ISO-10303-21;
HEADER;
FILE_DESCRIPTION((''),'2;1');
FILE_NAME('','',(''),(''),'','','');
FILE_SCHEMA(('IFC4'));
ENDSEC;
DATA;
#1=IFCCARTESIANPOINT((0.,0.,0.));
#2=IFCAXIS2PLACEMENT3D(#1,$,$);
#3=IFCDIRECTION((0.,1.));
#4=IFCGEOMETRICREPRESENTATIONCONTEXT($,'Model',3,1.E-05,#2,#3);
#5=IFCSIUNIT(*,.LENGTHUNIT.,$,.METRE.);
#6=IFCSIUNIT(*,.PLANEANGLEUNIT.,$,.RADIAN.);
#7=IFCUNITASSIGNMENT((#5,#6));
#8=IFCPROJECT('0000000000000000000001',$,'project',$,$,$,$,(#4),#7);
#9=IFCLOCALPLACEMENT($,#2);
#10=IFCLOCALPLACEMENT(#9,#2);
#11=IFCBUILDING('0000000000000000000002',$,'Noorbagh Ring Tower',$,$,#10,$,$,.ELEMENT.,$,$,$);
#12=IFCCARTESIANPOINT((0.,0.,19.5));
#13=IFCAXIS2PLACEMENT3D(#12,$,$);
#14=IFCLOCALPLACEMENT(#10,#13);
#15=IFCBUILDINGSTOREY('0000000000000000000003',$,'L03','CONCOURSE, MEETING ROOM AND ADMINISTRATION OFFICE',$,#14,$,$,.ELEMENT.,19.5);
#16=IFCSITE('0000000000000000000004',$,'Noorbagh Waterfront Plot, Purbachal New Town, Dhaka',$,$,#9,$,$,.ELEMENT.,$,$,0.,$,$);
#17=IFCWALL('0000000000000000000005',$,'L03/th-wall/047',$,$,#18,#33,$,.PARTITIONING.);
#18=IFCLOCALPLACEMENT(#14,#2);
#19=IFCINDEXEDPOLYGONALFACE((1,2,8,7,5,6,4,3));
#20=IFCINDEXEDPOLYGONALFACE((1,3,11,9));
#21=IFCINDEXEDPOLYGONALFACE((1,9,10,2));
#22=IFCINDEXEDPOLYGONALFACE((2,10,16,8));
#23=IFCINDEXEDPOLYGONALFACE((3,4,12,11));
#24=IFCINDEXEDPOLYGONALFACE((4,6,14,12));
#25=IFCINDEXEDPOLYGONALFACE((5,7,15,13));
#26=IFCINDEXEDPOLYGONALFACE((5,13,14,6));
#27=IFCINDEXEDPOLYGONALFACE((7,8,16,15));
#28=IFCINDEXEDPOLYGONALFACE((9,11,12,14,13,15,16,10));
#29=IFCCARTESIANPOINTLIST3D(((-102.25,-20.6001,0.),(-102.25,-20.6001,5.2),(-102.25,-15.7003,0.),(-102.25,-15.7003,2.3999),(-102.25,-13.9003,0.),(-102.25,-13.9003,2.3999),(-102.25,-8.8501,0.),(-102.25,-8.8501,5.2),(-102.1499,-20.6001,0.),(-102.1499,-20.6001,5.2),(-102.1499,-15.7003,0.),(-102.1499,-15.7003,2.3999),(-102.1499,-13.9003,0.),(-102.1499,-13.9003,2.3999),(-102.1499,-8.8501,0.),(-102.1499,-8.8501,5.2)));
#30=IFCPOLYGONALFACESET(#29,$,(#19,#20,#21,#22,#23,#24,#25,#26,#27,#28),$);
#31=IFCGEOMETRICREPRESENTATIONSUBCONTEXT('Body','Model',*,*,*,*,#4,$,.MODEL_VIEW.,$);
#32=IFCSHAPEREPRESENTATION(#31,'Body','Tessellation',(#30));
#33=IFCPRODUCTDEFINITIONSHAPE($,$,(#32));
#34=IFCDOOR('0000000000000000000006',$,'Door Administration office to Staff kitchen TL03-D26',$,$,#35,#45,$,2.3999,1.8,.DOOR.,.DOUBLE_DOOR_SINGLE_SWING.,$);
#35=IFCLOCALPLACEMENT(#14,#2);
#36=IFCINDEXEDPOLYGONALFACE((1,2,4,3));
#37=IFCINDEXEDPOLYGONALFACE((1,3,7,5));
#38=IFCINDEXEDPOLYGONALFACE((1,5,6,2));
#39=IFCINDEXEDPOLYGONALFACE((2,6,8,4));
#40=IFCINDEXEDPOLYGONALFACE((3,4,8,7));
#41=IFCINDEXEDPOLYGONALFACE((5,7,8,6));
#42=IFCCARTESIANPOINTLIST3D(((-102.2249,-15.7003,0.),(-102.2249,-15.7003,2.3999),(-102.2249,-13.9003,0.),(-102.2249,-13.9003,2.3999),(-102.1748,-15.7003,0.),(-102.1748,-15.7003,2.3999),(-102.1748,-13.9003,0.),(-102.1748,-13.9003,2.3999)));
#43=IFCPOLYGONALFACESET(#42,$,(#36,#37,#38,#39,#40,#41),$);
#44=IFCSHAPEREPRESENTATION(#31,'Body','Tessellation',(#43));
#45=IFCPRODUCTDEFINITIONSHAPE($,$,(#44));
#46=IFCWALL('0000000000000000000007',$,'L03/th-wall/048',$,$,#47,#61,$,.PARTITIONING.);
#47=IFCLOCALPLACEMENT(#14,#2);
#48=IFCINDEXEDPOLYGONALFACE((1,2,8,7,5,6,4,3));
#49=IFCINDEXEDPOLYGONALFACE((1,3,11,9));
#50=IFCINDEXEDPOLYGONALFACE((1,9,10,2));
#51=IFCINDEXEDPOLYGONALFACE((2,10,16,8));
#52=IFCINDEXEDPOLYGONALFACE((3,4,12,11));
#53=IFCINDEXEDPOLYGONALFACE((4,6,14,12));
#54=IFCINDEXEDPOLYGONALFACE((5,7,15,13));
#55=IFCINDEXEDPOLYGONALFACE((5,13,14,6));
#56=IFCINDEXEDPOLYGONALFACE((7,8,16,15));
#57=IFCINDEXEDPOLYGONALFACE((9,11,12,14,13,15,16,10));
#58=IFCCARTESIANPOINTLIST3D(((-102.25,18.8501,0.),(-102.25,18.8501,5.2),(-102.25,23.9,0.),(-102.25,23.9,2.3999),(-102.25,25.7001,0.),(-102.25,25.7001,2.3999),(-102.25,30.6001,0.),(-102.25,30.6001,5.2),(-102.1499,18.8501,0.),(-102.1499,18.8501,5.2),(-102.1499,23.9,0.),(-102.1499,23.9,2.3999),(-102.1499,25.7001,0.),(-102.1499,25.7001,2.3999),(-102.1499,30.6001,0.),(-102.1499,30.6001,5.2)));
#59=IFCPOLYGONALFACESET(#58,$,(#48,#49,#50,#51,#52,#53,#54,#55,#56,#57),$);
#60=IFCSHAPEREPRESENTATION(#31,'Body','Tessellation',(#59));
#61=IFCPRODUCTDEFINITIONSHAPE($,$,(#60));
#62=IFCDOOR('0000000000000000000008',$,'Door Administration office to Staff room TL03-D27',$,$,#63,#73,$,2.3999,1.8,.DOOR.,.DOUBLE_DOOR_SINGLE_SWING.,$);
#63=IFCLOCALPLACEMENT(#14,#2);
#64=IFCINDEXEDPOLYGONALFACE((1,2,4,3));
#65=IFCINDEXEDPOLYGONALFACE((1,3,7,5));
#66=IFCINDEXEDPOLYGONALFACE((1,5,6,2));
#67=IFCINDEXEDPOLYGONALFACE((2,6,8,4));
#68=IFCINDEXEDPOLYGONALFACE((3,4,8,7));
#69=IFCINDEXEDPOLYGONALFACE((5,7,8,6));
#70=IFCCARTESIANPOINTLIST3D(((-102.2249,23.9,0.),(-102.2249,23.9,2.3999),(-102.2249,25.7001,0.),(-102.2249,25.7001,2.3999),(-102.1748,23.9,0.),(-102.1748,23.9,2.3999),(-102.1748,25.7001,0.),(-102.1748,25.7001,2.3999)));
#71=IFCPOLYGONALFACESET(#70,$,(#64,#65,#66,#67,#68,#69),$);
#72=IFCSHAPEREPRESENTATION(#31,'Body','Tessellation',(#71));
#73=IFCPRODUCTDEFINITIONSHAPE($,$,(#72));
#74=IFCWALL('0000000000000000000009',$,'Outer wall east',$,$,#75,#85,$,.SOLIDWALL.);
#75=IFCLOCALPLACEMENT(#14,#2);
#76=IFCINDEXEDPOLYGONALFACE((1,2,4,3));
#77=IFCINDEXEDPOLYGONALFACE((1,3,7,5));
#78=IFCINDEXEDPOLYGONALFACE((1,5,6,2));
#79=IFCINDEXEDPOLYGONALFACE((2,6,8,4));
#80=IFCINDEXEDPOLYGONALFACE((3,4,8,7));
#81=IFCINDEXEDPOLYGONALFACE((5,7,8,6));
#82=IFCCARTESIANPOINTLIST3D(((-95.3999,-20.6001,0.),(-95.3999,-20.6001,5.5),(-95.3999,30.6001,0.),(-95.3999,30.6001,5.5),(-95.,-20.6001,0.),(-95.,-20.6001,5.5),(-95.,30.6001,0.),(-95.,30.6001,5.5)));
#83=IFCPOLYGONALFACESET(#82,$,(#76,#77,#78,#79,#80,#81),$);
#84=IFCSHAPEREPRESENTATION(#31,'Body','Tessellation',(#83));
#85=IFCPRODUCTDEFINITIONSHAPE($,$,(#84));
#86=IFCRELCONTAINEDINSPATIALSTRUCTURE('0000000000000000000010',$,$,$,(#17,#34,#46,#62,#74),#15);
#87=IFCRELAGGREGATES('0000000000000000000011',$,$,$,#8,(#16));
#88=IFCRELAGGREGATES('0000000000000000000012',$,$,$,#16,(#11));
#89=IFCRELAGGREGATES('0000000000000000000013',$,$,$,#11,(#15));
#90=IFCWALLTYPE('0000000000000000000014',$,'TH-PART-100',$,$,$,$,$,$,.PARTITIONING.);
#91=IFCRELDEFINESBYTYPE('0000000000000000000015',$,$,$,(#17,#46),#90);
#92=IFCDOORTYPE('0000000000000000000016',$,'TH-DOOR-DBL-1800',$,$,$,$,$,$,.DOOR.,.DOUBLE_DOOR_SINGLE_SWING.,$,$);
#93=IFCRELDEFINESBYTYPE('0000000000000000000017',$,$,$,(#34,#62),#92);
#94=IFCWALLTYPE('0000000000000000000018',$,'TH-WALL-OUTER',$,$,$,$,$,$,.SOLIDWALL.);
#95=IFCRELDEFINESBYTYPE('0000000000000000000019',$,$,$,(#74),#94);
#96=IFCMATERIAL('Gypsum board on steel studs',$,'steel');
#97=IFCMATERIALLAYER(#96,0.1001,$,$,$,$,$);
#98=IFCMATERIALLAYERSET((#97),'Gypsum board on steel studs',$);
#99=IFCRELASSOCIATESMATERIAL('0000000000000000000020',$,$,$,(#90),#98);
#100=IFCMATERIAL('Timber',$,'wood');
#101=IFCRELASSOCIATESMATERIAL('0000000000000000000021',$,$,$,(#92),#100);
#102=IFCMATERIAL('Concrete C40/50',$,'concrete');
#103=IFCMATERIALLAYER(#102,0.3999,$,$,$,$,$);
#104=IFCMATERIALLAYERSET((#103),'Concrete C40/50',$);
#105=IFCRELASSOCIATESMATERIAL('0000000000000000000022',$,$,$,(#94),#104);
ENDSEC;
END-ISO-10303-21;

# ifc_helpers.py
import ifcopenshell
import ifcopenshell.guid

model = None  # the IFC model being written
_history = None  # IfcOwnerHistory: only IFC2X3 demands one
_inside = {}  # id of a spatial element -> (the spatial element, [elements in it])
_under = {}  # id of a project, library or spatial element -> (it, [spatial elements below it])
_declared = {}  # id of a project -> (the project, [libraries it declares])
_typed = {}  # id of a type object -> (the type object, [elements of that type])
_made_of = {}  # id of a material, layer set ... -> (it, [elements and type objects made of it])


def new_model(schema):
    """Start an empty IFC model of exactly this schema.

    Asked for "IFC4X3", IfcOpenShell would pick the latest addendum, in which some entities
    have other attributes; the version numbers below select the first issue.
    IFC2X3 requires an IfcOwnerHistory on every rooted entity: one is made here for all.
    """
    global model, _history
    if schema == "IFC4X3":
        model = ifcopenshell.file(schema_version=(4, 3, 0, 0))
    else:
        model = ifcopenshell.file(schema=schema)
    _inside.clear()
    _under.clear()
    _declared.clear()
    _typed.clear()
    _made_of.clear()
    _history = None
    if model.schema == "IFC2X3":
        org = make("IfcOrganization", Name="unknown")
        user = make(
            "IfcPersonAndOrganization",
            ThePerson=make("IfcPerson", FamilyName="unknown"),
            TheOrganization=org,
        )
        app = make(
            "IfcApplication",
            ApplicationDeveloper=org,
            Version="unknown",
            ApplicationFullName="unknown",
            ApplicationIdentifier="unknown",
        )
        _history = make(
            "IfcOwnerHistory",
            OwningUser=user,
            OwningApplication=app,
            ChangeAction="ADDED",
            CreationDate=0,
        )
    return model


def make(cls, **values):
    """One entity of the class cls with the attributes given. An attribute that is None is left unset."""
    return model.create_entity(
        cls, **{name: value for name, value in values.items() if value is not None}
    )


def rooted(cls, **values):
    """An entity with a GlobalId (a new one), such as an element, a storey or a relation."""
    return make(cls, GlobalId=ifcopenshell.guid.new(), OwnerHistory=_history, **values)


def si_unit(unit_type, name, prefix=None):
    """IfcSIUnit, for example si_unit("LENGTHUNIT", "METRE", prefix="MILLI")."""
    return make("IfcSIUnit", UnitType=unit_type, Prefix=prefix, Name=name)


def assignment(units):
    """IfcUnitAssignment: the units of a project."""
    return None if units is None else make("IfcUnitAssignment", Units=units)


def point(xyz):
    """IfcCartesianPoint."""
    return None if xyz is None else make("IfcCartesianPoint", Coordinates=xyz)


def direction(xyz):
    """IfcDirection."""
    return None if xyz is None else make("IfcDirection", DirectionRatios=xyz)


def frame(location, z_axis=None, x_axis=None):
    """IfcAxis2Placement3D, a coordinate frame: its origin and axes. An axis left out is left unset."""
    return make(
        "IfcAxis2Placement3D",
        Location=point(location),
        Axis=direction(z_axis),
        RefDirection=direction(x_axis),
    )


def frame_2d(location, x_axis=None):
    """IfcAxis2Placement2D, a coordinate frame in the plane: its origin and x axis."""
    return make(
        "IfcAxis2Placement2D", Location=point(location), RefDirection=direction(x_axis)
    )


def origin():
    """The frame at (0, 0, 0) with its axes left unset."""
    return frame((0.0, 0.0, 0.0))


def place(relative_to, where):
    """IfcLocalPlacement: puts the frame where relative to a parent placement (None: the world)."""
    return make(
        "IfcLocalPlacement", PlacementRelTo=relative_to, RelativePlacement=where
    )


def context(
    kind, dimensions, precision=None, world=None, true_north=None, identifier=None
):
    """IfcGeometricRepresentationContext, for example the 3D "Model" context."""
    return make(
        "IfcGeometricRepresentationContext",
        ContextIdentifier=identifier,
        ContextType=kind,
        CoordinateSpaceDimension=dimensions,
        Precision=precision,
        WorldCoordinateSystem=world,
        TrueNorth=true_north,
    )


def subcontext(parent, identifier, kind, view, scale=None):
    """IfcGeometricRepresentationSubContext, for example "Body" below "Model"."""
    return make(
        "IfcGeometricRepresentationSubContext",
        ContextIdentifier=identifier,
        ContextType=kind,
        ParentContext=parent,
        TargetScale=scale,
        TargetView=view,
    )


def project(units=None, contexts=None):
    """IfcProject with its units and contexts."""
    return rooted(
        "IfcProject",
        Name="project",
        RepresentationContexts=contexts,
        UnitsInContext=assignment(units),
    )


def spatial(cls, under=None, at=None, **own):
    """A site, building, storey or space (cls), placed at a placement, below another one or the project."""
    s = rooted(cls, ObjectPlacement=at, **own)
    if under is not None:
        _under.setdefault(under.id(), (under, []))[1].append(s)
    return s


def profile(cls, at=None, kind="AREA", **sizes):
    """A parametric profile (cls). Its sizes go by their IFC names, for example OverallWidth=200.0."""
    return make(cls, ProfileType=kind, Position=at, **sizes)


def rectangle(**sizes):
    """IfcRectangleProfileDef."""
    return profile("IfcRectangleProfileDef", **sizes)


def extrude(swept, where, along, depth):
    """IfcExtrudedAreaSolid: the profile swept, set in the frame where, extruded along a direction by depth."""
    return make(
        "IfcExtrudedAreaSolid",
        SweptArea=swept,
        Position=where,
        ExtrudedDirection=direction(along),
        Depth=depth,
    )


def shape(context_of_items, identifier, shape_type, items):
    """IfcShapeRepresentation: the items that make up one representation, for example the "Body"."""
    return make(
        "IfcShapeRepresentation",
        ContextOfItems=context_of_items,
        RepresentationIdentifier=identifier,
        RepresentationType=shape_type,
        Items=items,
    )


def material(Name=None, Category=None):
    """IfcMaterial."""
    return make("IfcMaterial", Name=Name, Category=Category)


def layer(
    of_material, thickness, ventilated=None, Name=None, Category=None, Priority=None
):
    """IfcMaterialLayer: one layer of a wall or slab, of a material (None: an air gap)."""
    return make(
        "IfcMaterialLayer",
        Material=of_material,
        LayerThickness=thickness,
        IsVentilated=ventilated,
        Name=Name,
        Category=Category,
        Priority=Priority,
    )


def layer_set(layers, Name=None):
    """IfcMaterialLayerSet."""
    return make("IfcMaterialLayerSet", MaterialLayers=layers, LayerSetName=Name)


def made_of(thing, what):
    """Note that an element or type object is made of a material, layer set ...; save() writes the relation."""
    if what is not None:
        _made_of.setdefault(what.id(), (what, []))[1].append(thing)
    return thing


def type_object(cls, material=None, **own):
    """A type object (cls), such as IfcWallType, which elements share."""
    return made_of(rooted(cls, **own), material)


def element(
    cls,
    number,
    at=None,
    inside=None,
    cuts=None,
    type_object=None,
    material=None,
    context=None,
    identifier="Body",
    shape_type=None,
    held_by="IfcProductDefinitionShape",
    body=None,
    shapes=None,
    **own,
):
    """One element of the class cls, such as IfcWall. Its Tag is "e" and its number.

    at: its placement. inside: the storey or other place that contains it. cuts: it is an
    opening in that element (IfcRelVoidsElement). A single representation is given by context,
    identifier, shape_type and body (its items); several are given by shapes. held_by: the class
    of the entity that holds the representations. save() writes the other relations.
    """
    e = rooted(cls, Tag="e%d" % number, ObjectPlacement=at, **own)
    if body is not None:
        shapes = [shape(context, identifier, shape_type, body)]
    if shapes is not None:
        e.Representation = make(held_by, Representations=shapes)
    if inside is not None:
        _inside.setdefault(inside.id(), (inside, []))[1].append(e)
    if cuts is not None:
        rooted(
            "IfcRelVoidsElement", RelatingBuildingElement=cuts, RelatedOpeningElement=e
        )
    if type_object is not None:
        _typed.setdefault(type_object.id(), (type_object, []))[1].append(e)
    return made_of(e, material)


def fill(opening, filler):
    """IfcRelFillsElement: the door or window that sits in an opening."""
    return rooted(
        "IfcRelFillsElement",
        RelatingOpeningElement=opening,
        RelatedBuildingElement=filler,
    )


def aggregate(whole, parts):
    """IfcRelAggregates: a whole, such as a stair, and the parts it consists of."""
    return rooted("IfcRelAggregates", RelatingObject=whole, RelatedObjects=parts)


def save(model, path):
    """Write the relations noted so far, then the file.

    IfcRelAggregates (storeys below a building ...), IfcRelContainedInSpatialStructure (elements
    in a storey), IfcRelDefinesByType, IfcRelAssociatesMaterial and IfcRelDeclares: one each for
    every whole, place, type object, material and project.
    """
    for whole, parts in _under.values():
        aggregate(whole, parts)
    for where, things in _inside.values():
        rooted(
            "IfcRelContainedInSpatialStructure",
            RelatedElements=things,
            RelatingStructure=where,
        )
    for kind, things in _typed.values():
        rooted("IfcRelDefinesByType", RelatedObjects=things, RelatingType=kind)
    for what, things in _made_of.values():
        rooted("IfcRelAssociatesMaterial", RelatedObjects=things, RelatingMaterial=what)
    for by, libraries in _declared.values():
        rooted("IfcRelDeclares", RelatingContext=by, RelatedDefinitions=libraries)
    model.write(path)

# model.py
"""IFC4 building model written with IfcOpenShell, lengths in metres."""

from ifc_helpers import new_model, si_unit, direction, frame, frame_2d, origin, place, context, subcontext, project, spatial, rectangle, extrude, material, layer, layer_set, type_object, element, fill, save


model = new_model("IFC4")

# Units and contexts
model_context = context("Model", 3, precision=1e-05, world=origin(), true_north=direction((0.0, 1.0)))
body_context = subcontext(model_context, "Body", "Model", "MODEL_VIEW")
ifc_project = project(units=[si_unit("LENGTHUNIT", "METRE"), si_unit("PLANEANGLEUNIT", "RADIAN")], contexts=[model_context])

# Site, building, storey
site_placement = place(None, origin())
site = spatial("IfcSite", under=ifc_project, at=site_placement, Name="Noorbagh Waterfront Plot, Purbachal New Town, Dhaka", CompositionType="ELEMENT", RefElevation=0.0)
building_placement = place(site_placement, origin())
building = spatial("IfcBuilding", under=site, at=building_placement, Name="Noorbagh Ring Tower", CompositionType="ELEMENT")
storey_placement = place(building_placement, frame((0.0, 0.0, 19.5)))
storey = spatial("IfcBuildingStorey", under=building, at=storey_placement, Name="L03", Description="CONCOURSE, MEETING ROOM AND ADMINISTRATION OFFICE", CompositionType="ELEMENT", Elevation=19.5)

# Shared definitions
ifc_material_1 = material(Name="Gypsum board on steel studs", Category="steel")
ifc_layer_1 = layer(ifc_material_1, 0.1001)
ifc_layer_set_1 = layer_set([ifc_layer_1], Name="Gypsum board on steel studs")
wall_type_1 = type_object("IfcWallType", Name="TH-PART-100", PredefinedType="PARTITIONING", material=ifc_layer_set_1)

# Walls, openings, doors
wall_1_placement = place(storey_placement, frame((-102.2, -20.6001, 0.0), z_axis=(0.0, 0.0, 1.0), x_axis=(0.0, 1.0, 0.0)))
wall_1 = element("IfcWall", 1, at=wall_1_placement, inside=storey, type_object=wall_type_1, Name="L03/th-wall/047", PredefinedType="PARTITIONING", context=body_context, shape_type="SweptSolid", body=[
    extrude(rectangle(XDim=11.75, YDim=0.1001, at=frame_2d((5.875, 0.0))), origin(), (0.0, 0.0, 1.0), 5.2),
])
opening_1_placement = place(wall_1_placement, frame((4.8999, 0.0, 0.0)))
opening_1 = element("IfcOpeningElement", 2, at=opening_1_placement, cuts=wall_1, PredefinedType="OPENING", context=body_context, shape_type="SweptSolid", body=[
    extrude(rectangle(XDim=1.8, YDim=2.3999, at=frame_2d((0.8999, 1.2))), frame((0.0, 0.0601, 0.0), z_axis=(0.0, -1.0, 0.0), x_axis=(1.0, 0.0, 0.0)), (0.0, 0.0, 1.0), 0.1201),
])
ifc_material_2 = material(Name="Timber", Category="wood")
door_type = type_object("IfcDoorType", Name="TH-DOOR-DBL-1800", OperationType="DOUBLE_DOOR_SINGLE_SWING", PredefinedType="DOOR", material=ifc_material_2)
door_1_placement = place(opening_1_placement, origin())
door_1 = element("IfcDoor", 3, at=door_1_placement, inside=storey, type_object=door_type, Name="Door Administration office to Staff kitchen TL03-D26", OperationType="DOUBLE_DOOR_SINGLE_SWING", OverallHeight=2.3999, OverallWidth=1.8, PredefinedType="DOOR", context=body_context, shape_type="SweptSolid", body=[
    extrude(rectangle(XDim=1.8, YDim=2.3999, at=frame_2d((0.8999, 1.2))), frame((0.0, 0.0249, 0.0), z_axis=(0.0, -1.0, 0.0), x_axis=(1.0, 0.0, 0.0)), (0.0, 0.0, 1.0), 0.05),
])
fill(opening_1, door_1)
wall_2_placement = place(storey_placement, frame((-102.2, 18.8501, 0.0), z_axis=(0.0, 0.0, 1.0), x_axis=(0.0, 1.0, 0.0)))
wall_2 = element("IfcWall", 4, at=wall_2_placement, inside=storey, type_object=wall_type_1, Name="L03/th-wall/048", PredefinedType="PARTITIONING", context=body_context, shape_type="SweptSolid", body=[
    extrude(rectangle(XDim=11.75, YDim=0.1001, at=frame_2d((5.875, 0.0))), origin(), (0.0, 0.0, 1.0), 5.2),
])
opening_2_placement = place(wall_2_placement, frame((5.05, 0.0, 0.0)))
opening_2 = element("IfcOpeningElement", 5, at=opening_2_placement, cuts=wall_2, PredefinedType="OPENING", context=body_context, shape_type="SweptSolid", body=[
    extrude(rectangle(XDim=1.8, YDim=2.3999, at=frame_2d((0.8999, 1.2))), frame((0.0, 0.0601, 0.0), z_axis=(0.0, -1.0, 0.0), x_axis=(1.0, 0.0, 0.0)), (0.0, 0.0, 1.0), 0.1201),
])
door_2_placement = place(opening_2_placement, origin())
door_2 = element("IfcDoor", 6, at=door_2_placement, inside=storey, type_object=door_type, Name="Door Administration office to Staff room TL03-D27", OperationType="DOUBLE_DOOR_SINGLE_SWING", OverallHeight=2.3999, OverallWidth=1.8, PredefinedType="DOOR", context=body_context, shape_type="SweptSolid", body=[
    extrude(rectangle(XDim=1.8, YDim=2.3999, at=frame_2d((0.8999, 1.2))), frame((0.0, 0.0249, 0.0), z_axis=(0.0, -1.0, 0.0), x_axis=(1.0, 0.0, 0.0)), (0.0, 0.0, 1.0), 0.05),
])
fill(opening_2, door_2)

# Wall
ifc_material_3 = material(Name="Concrete C40/50", Category="concrete")
ifc_layer_2 = layer(ifc_material_3, 0.3999)
ifc_layer_set_2 = layer_set([ifc_layer_2], Name="Concrete C40/50")
wall_type_2 = type_object("IfcWallType", Name="TH-WALL-OUTER", PredefinedType="SOLIDWALL", material=ifc_layer_set_2)
wall_3_placement = place(storey_placement, frame((-95.2, -20.6001, 0.0), z_axis=(0.0, 0.0, 1.0), x_axis=(0.0, 1.0, 0.0)))
element("IfcWall", 7, at=wall_3_placement, inside=storey, type_object=wall_type_2, Name="Outer wall east", PredefinedType="SOLIDWALL", context=body_context, shape_type="SweptSolid", body=[
    extrude(rectangle(XDim=51.2002, YDim=0.3999, at=frame_2d((25.6001, 0.0))), origin(), (0.0, 0.0, 1.0), 5.5),
])

save(model, "model.ifc")
